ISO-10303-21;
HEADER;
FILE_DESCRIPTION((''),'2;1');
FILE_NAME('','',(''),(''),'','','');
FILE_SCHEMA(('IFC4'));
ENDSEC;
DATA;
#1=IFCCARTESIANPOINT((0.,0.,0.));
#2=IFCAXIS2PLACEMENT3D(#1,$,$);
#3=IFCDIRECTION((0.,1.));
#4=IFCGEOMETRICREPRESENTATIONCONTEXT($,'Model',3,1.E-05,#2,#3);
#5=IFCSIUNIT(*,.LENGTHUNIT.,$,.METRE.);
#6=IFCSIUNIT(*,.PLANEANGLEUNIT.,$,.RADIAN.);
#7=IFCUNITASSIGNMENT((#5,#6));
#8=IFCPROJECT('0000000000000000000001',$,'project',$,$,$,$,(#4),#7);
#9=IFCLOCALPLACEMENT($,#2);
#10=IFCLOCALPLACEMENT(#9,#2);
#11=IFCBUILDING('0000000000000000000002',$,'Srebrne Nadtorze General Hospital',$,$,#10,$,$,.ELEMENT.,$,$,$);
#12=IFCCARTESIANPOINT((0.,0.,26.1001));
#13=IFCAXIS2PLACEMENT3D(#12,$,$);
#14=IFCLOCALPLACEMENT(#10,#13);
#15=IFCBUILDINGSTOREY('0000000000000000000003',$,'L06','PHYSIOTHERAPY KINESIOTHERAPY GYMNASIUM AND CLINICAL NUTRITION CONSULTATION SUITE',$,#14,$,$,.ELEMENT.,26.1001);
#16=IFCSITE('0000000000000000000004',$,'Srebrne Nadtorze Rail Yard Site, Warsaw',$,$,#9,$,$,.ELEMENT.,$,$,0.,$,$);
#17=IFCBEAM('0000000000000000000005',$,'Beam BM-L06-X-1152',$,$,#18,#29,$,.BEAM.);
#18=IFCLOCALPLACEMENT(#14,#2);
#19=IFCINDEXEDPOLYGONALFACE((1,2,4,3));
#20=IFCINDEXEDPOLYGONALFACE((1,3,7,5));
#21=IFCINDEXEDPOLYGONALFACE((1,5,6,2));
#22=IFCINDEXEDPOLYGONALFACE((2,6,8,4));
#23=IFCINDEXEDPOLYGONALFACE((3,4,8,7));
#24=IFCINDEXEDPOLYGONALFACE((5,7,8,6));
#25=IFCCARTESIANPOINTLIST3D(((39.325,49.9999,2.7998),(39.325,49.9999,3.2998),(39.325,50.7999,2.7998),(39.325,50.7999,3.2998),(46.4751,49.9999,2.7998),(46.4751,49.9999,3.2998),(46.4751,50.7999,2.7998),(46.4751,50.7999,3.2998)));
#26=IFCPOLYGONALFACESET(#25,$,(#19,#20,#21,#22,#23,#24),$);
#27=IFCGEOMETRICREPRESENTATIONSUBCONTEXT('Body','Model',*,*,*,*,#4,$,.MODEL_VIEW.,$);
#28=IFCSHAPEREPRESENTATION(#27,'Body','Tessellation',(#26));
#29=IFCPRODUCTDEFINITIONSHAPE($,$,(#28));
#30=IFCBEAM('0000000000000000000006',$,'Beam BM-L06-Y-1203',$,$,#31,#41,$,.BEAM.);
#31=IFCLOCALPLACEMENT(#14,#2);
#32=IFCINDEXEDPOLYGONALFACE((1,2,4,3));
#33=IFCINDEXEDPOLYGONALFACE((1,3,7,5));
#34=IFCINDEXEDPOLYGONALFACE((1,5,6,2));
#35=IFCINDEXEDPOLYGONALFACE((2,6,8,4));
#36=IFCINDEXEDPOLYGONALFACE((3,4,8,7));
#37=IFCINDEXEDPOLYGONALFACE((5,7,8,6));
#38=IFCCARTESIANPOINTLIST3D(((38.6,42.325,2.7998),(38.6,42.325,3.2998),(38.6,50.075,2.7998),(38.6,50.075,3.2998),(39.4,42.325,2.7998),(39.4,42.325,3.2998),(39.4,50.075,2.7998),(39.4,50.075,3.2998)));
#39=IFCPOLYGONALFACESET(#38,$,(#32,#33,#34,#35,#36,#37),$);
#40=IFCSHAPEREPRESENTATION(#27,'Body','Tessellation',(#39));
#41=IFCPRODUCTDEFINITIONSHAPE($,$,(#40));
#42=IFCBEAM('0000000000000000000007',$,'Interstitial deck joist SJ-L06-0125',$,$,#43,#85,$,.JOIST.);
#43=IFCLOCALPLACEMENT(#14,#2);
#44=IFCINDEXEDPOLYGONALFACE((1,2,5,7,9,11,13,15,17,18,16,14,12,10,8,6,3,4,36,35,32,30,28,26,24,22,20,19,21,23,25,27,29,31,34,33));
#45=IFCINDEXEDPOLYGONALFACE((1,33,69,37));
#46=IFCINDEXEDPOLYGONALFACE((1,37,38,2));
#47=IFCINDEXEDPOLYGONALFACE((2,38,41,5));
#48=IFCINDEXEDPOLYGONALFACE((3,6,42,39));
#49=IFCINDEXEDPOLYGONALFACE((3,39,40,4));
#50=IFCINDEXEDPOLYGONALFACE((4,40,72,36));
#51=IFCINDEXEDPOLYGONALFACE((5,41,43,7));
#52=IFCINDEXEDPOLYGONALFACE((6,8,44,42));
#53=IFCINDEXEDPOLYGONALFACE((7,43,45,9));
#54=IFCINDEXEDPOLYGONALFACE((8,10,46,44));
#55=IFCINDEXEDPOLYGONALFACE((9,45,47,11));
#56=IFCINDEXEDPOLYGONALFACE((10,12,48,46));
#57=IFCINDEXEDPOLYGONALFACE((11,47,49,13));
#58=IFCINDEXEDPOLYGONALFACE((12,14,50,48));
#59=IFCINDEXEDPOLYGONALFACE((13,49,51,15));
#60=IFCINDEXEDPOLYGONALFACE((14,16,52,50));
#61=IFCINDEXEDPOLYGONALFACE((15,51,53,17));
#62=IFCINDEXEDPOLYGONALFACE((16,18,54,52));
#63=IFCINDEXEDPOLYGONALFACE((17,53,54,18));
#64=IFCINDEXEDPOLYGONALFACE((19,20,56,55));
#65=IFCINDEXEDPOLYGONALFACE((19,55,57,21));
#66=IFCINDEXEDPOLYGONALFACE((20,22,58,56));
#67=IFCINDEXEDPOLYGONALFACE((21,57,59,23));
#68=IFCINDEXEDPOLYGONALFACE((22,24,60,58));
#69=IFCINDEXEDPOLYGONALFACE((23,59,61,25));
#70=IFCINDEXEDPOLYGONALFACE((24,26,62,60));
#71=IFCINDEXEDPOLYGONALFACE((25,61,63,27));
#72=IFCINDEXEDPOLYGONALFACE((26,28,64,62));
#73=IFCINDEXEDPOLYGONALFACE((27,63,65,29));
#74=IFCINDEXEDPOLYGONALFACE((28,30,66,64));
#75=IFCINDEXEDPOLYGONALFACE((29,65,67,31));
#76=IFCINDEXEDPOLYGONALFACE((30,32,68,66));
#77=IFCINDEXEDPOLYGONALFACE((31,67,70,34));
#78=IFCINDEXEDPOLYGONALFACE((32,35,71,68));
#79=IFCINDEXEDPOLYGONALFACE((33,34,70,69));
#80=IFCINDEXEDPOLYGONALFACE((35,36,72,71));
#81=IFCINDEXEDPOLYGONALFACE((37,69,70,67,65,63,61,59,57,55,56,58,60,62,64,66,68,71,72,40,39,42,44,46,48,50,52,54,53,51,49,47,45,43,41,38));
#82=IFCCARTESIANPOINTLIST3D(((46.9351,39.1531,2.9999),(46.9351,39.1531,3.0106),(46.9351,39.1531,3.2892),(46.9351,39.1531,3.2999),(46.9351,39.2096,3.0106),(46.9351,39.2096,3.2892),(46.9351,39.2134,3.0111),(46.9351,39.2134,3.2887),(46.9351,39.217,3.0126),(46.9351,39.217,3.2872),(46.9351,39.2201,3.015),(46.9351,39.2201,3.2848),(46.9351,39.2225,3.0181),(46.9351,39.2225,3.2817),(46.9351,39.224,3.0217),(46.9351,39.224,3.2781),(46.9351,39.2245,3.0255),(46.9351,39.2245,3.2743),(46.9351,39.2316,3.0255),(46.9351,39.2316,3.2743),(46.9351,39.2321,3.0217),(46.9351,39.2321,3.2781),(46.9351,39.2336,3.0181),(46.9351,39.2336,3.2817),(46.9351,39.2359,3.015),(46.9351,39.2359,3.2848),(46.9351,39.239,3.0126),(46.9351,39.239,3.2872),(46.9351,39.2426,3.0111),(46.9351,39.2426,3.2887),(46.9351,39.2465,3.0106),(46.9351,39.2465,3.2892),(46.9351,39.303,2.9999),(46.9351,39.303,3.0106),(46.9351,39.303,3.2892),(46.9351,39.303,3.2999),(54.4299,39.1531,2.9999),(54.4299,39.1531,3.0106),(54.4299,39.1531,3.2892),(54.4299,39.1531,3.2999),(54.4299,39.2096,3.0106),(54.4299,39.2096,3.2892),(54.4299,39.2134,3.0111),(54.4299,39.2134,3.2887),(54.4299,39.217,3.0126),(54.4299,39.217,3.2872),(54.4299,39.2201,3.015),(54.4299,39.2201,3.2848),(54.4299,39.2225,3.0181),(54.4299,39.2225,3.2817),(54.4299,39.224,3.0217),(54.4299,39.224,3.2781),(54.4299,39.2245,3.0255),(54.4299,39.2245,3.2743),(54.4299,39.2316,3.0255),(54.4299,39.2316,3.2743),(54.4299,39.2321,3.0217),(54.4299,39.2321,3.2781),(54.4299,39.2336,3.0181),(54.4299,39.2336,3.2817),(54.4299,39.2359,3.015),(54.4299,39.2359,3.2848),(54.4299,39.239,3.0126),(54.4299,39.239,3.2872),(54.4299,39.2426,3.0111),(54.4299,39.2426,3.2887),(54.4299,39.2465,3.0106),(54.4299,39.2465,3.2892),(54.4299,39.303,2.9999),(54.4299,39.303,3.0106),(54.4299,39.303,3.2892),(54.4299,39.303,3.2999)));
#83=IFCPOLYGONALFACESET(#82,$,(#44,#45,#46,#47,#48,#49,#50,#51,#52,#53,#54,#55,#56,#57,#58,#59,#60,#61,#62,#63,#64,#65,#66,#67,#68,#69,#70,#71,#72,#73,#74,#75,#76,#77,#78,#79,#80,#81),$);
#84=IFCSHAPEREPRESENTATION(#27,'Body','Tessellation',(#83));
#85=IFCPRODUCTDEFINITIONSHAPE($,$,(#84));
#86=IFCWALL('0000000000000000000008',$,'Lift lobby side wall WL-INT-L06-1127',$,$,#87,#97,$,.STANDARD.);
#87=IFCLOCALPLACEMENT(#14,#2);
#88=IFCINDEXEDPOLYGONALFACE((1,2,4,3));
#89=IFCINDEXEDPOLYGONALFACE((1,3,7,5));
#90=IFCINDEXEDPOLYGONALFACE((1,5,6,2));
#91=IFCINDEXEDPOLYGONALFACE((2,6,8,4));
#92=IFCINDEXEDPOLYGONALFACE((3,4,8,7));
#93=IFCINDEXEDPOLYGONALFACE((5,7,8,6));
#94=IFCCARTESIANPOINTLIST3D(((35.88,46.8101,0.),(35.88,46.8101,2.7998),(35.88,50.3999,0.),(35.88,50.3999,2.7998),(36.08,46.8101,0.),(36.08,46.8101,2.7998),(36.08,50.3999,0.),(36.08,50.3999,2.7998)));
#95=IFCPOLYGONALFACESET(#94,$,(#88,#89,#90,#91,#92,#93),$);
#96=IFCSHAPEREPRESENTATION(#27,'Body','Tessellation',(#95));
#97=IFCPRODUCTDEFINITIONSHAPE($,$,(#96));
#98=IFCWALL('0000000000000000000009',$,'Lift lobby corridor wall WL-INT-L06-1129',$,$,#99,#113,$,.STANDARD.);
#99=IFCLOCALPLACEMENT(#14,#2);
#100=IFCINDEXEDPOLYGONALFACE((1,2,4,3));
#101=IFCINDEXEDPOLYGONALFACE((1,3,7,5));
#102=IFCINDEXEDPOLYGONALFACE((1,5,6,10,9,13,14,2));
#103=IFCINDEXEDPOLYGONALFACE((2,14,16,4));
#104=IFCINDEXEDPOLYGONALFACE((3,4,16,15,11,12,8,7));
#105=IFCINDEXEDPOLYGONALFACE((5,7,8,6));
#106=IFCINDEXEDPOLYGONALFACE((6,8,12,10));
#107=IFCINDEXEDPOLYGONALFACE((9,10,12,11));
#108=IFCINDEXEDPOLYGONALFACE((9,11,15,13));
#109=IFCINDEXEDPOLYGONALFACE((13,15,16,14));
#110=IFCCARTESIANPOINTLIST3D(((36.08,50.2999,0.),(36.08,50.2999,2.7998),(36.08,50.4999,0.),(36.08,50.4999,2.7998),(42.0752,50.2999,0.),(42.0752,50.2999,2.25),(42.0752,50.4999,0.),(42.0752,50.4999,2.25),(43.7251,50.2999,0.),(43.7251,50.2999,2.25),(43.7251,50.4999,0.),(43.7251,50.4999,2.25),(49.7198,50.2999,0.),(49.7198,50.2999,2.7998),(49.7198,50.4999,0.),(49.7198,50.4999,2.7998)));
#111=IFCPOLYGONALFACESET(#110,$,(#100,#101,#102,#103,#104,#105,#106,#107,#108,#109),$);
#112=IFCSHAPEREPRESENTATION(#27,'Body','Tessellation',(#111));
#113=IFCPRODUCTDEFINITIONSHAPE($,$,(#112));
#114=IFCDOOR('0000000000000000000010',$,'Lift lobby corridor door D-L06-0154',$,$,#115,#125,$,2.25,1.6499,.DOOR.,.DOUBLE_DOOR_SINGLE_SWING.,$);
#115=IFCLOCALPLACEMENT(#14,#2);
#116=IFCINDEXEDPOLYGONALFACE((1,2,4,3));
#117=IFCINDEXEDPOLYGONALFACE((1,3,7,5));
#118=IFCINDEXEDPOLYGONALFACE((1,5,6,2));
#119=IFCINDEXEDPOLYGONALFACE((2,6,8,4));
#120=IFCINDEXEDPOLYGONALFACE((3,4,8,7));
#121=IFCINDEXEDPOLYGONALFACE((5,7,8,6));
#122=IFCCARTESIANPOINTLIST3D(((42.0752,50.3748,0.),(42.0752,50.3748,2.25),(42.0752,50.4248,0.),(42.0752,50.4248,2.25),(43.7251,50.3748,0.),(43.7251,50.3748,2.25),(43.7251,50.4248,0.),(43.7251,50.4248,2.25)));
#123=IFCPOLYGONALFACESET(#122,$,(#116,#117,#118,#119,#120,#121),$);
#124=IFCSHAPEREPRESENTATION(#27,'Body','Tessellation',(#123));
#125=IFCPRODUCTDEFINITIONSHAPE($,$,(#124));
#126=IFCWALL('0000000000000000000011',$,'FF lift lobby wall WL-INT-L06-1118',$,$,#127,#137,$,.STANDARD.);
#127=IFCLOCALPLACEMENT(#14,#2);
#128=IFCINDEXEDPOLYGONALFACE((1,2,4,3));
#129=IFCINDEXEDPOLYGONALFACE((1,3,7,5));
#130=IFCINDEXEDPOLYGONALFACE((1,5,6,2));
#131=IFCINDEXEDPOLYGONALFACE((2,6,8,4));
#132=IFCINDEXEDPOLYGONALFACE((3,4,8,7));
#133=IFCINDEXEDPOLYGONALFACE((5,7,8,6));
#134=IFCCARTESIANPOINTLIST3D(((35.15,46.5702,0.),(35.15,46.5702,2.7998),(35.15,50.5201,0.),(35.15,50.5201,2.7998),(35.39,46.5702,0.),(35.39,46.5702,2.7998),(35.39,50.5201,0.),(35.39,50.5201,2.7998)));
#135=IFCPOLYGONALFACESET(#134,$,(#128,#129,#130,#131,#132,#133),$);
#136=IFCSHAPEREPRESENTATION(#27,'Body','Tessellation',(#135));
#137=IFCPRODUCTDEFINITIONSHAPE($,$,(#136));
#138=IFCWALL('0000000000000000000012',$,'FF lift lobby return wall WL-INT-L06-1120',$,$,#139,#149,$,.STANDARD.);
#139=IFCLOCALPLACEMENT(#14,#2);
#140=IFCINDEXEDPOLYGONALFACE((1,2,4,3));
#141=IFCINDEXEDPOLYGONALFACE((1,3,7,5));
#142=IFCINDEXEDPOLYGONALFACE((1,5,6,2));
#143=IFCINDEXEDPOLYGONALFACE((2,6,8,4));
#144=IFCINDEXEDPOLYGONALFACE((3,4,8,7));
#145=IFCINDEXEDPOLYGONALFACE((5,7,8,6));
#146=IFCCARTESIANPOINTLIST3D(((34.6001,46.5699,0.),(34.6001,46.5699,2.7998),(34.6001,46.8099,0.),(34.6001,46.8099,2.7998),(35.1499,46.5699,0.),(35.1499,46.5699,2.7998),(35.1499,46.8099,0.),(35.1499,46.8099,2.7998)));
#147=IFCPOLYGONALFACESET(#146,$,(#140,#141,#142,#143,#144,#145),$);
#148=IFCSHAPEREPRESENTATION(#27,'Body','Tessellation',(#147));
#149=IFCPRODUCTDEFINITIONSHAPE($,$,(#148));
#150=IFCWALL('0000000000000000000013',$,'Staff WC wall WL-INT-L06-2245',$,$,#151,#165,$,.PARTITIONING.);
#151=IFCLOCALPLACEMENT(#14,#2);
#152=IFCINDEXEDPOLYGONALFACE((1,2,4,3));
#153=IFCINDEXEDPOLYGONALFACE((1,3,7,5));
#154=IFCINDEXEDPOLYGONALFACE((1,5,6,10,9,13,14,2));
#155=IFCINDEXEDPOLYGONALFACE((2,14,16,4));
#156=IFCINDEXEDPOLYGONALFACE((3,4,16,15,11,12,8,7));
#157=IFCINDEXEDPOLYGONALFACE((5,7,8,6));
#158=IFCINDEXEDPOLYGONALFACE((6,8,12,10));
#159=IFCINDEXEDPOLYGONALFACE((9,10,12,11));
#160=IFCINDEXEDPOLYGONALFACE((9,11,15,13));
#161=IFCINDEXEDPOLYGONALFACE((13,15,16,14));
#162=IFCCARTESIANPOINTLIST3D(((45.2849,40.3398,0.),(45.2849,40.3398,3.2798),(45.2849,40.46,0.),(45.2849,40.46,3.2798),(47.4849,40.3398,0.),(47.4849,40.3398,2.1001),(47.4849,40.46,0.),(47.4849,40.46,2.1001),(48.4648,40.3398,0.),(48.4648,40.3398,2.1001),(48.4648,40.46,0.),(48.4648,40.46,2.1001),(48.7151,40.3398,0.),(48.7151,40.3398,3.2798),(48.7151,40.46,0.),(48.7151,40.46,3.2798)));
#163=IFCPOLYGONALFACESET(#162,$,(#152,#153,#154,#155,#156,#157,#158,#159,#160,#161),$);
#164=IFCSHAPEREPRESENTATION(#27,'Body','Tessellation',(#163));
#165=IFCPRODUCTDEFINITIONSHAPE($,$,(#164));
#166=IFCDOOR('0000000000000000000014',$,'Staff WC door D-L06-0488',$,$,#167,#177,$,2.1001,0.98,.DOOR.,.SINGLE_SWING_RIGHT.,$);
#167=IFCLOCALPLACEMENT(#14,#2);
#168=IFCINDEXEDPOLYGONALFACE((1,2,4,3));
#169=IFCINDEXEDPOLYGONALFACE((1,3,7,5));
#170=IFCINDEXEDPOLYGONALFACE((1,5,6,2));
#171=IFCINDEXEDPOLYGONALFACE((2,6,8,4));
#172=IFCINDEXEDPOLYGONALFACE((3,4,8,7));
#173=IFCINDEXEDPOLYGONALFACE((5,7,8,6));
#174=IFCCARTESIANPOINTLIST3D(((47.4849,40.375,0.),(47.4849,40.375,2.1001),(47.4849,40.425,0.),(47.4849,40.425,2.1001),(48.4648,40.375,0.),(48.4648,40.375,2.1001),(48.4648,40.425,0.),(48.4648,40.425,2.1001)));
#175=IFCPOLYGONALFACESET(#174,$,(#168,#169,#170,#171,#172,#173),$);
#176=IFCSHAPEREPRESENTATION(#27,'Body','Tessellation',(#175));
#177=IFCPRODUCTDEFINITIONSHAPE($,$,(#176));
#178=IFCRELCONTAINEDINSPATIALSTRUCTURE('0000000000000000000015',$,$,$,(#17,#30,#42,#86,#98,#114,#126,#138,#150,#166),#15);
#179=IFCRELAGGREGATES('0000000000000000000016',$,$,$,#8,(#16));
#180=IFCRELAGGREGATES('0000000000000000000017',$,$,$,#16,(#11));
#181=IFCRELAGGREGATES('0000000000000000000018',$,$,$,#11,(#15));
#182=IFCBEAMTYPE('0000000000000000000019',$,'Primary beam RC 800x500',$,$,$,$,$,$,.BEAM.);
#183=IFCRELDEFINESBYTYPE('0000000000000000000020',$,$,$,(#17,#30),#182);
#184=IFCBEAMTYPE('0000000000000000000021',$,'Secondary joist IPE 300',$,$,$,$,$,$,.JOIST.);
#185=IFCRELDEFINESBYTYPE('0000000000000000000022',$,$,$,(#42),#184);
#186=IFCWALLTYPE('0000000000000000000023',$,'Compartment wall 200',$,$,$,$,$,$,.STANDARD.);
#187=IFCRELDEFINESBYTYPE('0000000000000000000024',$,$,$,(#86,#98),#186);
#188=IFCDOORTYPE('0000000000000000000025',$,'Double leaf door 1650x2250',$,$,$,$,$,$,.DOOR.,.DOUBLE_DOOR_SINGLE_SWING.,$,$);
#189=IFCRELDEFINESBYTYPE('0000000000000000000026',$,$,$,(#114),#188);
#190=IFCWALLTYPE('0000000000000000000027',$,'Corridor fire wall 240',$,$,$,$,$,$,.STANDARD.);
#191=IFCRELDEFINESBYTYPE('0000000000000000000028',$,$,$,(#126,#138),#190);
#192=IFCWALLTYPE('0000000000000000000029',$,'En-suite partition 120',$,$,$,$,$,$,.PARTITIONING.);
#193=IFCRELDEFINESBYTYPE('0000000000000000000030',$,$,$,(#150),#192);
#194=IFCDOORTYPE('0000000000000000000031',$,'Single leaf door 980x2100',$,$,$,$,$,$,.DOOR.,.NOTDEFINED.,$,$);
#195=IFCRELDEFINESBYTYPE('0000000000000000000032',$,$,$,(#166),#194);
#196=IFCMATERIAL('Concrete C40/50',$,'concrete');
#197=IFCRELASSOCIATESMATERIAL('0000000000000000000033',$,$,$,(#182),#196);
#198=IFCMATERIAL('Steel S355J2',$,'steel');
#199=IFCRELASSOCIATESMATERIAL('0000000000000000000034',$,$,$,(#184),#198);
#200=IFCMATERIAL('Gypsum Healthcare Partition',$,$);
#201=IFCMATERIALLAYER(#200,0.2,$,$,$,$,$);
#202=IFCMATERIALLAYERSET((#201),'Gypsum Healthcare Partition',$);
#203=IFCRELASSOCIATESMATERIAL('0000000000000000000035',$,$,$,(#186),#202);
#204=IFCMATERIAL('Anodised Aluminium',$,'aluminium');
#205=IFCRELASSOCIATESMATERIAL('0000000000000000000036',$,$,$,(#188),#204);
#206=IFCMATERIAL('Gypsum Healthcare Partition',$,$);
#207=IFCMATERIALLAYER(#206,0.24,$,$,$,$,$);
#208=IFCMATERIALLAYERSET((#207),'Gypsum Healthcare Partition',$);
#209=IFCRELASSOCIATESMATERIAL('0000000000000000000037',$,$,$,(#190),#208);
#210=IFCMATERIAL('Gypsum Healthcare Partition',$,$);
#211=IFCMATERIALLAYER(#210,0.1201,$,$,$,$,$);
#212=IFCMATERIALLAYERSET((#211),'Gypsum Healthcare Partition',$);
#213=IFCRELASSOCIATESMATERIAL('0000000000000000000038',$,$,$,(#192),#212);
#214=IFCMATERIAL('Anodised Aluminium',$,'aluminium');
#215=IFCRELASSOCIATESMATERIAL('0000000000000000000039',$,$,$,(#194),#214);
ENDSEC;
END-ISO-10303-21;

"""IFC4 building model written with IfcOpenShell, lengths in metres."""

from ifc_helpers import new_model, si_unit, direction, frame, frame_2d, origin, origin_2d, place, context, subcontext, project, spatial, rectangle, i_section, extrude, material, layer, layer_set, material_profile, profile_set, type_object, element, fill, save


model = new_model("IFC4")

# Units and contexts
model_context = context("Model", 3, precision=1e-05, world=origin(), true_north=direction((0.0, 1.0)))
body_context = subcontext(model_context, "Body", "Model", "MODEL_VIEW")
ifc_project = project(units=[si_unit("LENGTHUNIT", "METRE"), si_unit("PLANEANGLEUNIT", "RADIAN")], contexts=[model_context])

# Site, building, storey
site_placement = place(None, origin())
site = spatial("IfcSite", under=ifc_project, at=site_placement, Name="Srebrne Nadtorze Rail Yard Site, Warsaw", CompositionType="ELEMENT", RefElevation=0.0)
building_placement = place(site_placement, origin())
building = spatial("IfcBuilding", under=site, at=building_placement, Name="Srebrne Nadtorze General Hospital", CompositionType="ELEMENT")
storey_placement = place(building_placement, frame((0.0, 0.0, 26.1001)))
storey = spatial("IfcBuildingStorey", under=building, at=storey_placement, Name="L06", Description="PHYSIOTHERAPY KINESIOTHERAPY GYMNASIUM AND CLINICAL NUTRITION CONSULTATION SUITE", CompositionType="ELEMENT", Elevation=26.1001)

# Beams
ifc_material_1 = material(Name="Concrete C40/50", Category="concrete")
ifc_material_profile_1 = material_profile(ifc_material_1, rectangle(XDim=0.8, YDim=0.5, at=origin_2d()), Name="RC-BM-800x500")
ifc_profile_set_1 = profile_set([ifc_material_profile_1], Name="Concrete C40/50")
beam_type_1 = type_object("IfcBeamType", Name="Primary beam RC 800x500", PredefinedType="BEAM", material=ifc_profile_set_1)
beam_1_placement = place(storey_placement, frame((39.325, 50.3999, 3.0498), z_axis=(1.0, 0.0, 0.0), x_axis=(0.0, 1.0, 0.0)))
element("IfcBeam", 1, at=beam_1_placement, inside=storey, type_object=beam_type_1, Name="Beam BM-L06-X-1152", PredefinedType="BEAM", context=body_context, shape_type="SweptSolid", body=[
    extrude(rectangle(XDim=0.8, YDim=0.5, at=origin_2d()), origin(), (0.0, 0.0, 1.0), 7.1501),
])
beam_2_placement = place(storey_placement, frame((39.0, 42.325, 3.0498), z_axis=(0.0, 1.0, 0.0), x_axis=(-1.0, 0.0, 0.0)))
element("IfcBeam", 2, at=beam_2_placement, inside=storey, type_object=beam_type_1, Name="Beam BM-L06-Y-1203", PredefinedType="BEAM", context=body_context, shape_type="SweptSolid", body=[
    extrude(rectangle(XDim=0.8, YDim=0.5, at=origin_2d()), origin(), (0.0, 0.0, 1.0), 7.75),
])
ifc_material_2 = material(Name="Steel S355J2", Category="steel")
ifc_material_profile_2 = material_profile(ifc_material_2, i_section(OverallWidth=0.1499, OverallDepth=0.3, WebThickness=0.0071, FlangeThickness=0.0107, FilletRadius=0.0149, at=origin_2d()), Name="IPE-300")
ifc_profile_set_2 = profile_set([ifc_material_profile_2], Name="Steel S355J2")
beam_type_2 = type_object("IfcBeamType", Name="Secondary joist IPE 300", PredefinedType="JOIST", material=ifc_profile_set_2)
beam_3_placement = place(storey_placement, frame((46.9351, 39.228, 3.1499), z_axis=(1.0, 0.0, 0.0), x_axis=(0.0, 1.0, 0.0)))
element("IfcBeam", 3, at=beam_3_placement, inside=storey, type_object=beam_type_2, Name="Interstitial deck joist SJ-L06-0125", PredefinedType="JOIST", context=body_context, shape_type="SweptSolid", body=[
    extrude(i_section(OverallWidth=0.1499, OverallDepth=0.3, WebThickness=0.0071, FlangeThickness=0.0107, FilletRadius=0.0149, at=origin_2d()), origin(), (0.0, 0.0, 1.0), 7.4949),
])

# Wall
ifc_material_3 = material(Name="Gypsum Healthcare Partition")
ifc_layer_1 = layer(ifc_material_3, 0.2)
ifc_layer_set_1 = layer_set([ifc_layer_1], Name="Gypsum Healthcare Partition")
wall_type_1 = type_object("IfcWallType", Name="Compartment wall 200", PredefinedType="STANDARD", material=ifc_layer_set_1)
wall_1_placement = place(storey_placement, frame((35.98, 46.8101, 0.0), z_axis=(0.0, 0.0, 1.0), x_axis=(0.0, 1.0, 0.0)))
element("IfcWall", 4, at=wall_1_placement, inside=storey, type_object=wall_type_1, Name="Lift lobby side wall WL-INT-L06-1127", PredefinedType="STANDARD", context=body_context, shape_type="SweptSolid", body=[
    extrude(rectangle(XDim=3.5898, YDim=0.2, at=frame_2d((1.7949, 0.0))), origin(), (0.0, 0.0, 1.0), 2.7998),
])

# Wall, opening, door
wall_2_placement = place(storey_placement, frame((36.0801, 50.3999, 0.0), z_axis=(0.0, 0.0, 1.0), x_axis=(1.0, 0.0, 0.0)))
wall_2 = element("IfcWall", 5, at=wall_2_placement, inside=storey, type_object=wall_type_1, Name="Lift lobby corridor wall WL-INT-L06-1129", PredefinedType="STANDARD", context=body_context, shape_type="SweptSolid", body=[
    extrude(rectangle(XDim=13.6399, YDim=0.2, at=frame_2d((6.8198, 0.0))), origin(), (0.0, 0.0, 1.0), 2.7998),
])
opening_1_placement = place(wall_2_placement, frame((5.9951, 0.0, 0.0)))
opening_1 = element("IfcOpeningElement", 6, at=opening_1_placement, cuts=wall_2, PredefinedType="OPENING", context=body_context, shape_type="SweptSolid", body=[
    extrude(rectangle(XDim=1.6499, YDim=2.25, at=frame_2d((0.825, 1.125))), frame((0.0, 0.1118, 0.0), z_axis=(0.0, -1.0, 0.0), x_axis=(1.0, 0.0, 0.0)), (0.0, 0.0, 1.0), 0.2239),
])
ifc_material_4 = material(Name="Anodised Aluminium", Category="aluminium")
door_type_1 = type_object("IfcDoorType", Name="Double leaf door 1650x2250", OperationType="DOUBLE_DOOR_SINGLE_SWING", PredefinedType="DOOR", material=ifc_material_4)
door_1_placement = place(opening_1_placement, origin())
door_1 = element("IfcDoor", 7, at=door_1_placement, inside=storey, type_object=door_type_1, Name="Lift lobby corridor door D-L06-0154", OperationType="DOUBLE_DOOR_SINGLE_SWING", OverallHeight=2.25, OverallWidth=1.6499, PredefinedType="DOOR", context=body_context, shape_type="SweptSolid", body=[
    extrude(rectangle(XDim=1.6499, YDim=2.25, at=frame_2d((0.825, 1.125))), frame((0.0, 0.0249, 0.0), z_axis=(0.0, -1.0, 0.0), x_axis=(1.0, 0.0, 0.0)), (0.0, 0.0, 1.0), 0.05),
])
fill(opening_1, door_1)

# Walls
ifc_material_5 = material(Name="Gypsum Healthcare Partition")
ifc_layer_2 = layer(ifc_material_5, 0.24)
ifc_layer_set_2 = layer_set([ifc_layer_2], Name="Gypsum Healthcare Partition")
wall_type_2 = type_object("IfcWallType", Name="Corridor fire wall 240", PredefinedType="STANDARD", material=ifc_layer_set_2)
wall_3_placement = place(storey_placement, frame((35.27, 46.5701, 0.0), z_axis=(0.0, 0.0, 1.0), x_axis=(0.0, 1.0, 0.0)))
element("IfcWall", 8, at=wall_3_placement, inside=storey, type_object=wall_type_2, Name="FF lift lobby wall WL-INT-L06-1118", PredefinedType="STANDARD", context=body_context, shape_type="SweptSolid", body=[
    extrude(rectangle(XDim=3.95, YDim=0.24, at=frame_2d((1.9751, 0.0))), origin(), (0.0, 0.0, 1.0), 2.7998),
])
wall_4_placement = place(storey_placement, frame((34.6001, 46.6899, 0.0), z_axis=(0.0, 0.0, 1.0), x_axis=(1.0, 0.0, 0.0)))
element("IfcWall", 9, at=wall_4_placement, inside=storey, type_object=wall_type_2, Name="FF lift lobby return wall WL-INT-L06-1120", PredefinedType="STANDARD", context=body_context, shape_type="SweptSolid", body=[
    extrude(rectangle(XDim=0.5498, YDim=0.24, at=frame_2d((0.2749, 0.0))), origin(), (0.0, 0.0, 1.0), 2.7998),
])

# Wall, opening, door
ifc_material_6 = material(Name="Gypsum Healthcare Partition")
ifc_layer_3 = layer(ifc_material_6, 0.1201)
ifc_layer_set_3 = layer_set([ifc_layer_3], Name="Gypsum Healthcare Partition")
wall_type_3 = type_object("IfcWallType", Name="En-suite partition 120", PredefinedType="PARTITIONING", material=ifc_layer_set_3)
wall_5_placement = place(storey_placement, frame((45.2849, 40.3999, 0.0), z_axis=(0.0, 0.0, 1.0), x_axis=(1.0, 0.0, 0.0)))
wall_5 = element("IfcWall", 10, at=wall_5_placement, inside=storey, type_object=wall_type_3, Name="Staff WC wall WL-INT-L06-2245", PredefinedType="PARTITIONING", context=body_context, shape_type="SweptSolid", body=[
    extrude(rectangle(XDim=3.4302, YDim=0.1201, at=frame_2d((1.7151, 0.0))), origin(), (0.0, 0.0, 1.0), 3.2798),
])
opening_2_placement = place(wall_5_placement, frame((2.2, 0.0, 0.0)))
opening_2 = element("IfcOpeningElement", 11, at=opening_2_placement, cuts=wall_5, PredefinedType="OPENING", context=body_context, shape_type="SweptSolid", body=[
    extrude(rectangle(XDim=0.98, YDim=2.1001, at=frame_2d((0.49, 1.05))), frame((0.0, 0.072, 0.0), z_axis=(0.0, -1.0, 0.0), x_axis=(1.0, 0.0, 0.0)), (0.0, 0.0, 1.0), 0.144),
])
ifc_material_7 = material(Name="Anodised Aluminium", Category="aluminium")
door_type_2 = type_object("IfcDoorType", Name="Single leaf door 980x2100", OperationType="NOTDEFINED", PredefinedType="DOOR", material=ifc_material_7)
door_2_placement = place(opening_2_placement, frame((0.98, 0.0, 0.0), z_axis=(0.0, 0.0, 1.0), x_axis=(-1.0, 0.0, 0.0)))
door_2 = element("IfcDoor", 12, at=door_2_placement, inside=storey, type_object=door_type_2, Name="Staff WC door D-L06-0488", OperationType="SINGLE_SWING_RIGHT", OverallHeight=2.1001, OverallWidth=0.98, PredefinedType="DOOR", context=body_context, shape_type="SweptSolid", body=[
    extrude(rectangle(XDim=0.98, YDim=2.1001, at=frame_2d((0.49, 1.05))), frame((0.0, 0.0249, 0.0), z_axis=(0.0, -1.0, 0.0), x_axis=(1.0, 0.0, 0.0)), (0.0, 0.0, 1.0), 0.05),
])
fill(opening_2, door_2)

save(model, "model.ifc")
